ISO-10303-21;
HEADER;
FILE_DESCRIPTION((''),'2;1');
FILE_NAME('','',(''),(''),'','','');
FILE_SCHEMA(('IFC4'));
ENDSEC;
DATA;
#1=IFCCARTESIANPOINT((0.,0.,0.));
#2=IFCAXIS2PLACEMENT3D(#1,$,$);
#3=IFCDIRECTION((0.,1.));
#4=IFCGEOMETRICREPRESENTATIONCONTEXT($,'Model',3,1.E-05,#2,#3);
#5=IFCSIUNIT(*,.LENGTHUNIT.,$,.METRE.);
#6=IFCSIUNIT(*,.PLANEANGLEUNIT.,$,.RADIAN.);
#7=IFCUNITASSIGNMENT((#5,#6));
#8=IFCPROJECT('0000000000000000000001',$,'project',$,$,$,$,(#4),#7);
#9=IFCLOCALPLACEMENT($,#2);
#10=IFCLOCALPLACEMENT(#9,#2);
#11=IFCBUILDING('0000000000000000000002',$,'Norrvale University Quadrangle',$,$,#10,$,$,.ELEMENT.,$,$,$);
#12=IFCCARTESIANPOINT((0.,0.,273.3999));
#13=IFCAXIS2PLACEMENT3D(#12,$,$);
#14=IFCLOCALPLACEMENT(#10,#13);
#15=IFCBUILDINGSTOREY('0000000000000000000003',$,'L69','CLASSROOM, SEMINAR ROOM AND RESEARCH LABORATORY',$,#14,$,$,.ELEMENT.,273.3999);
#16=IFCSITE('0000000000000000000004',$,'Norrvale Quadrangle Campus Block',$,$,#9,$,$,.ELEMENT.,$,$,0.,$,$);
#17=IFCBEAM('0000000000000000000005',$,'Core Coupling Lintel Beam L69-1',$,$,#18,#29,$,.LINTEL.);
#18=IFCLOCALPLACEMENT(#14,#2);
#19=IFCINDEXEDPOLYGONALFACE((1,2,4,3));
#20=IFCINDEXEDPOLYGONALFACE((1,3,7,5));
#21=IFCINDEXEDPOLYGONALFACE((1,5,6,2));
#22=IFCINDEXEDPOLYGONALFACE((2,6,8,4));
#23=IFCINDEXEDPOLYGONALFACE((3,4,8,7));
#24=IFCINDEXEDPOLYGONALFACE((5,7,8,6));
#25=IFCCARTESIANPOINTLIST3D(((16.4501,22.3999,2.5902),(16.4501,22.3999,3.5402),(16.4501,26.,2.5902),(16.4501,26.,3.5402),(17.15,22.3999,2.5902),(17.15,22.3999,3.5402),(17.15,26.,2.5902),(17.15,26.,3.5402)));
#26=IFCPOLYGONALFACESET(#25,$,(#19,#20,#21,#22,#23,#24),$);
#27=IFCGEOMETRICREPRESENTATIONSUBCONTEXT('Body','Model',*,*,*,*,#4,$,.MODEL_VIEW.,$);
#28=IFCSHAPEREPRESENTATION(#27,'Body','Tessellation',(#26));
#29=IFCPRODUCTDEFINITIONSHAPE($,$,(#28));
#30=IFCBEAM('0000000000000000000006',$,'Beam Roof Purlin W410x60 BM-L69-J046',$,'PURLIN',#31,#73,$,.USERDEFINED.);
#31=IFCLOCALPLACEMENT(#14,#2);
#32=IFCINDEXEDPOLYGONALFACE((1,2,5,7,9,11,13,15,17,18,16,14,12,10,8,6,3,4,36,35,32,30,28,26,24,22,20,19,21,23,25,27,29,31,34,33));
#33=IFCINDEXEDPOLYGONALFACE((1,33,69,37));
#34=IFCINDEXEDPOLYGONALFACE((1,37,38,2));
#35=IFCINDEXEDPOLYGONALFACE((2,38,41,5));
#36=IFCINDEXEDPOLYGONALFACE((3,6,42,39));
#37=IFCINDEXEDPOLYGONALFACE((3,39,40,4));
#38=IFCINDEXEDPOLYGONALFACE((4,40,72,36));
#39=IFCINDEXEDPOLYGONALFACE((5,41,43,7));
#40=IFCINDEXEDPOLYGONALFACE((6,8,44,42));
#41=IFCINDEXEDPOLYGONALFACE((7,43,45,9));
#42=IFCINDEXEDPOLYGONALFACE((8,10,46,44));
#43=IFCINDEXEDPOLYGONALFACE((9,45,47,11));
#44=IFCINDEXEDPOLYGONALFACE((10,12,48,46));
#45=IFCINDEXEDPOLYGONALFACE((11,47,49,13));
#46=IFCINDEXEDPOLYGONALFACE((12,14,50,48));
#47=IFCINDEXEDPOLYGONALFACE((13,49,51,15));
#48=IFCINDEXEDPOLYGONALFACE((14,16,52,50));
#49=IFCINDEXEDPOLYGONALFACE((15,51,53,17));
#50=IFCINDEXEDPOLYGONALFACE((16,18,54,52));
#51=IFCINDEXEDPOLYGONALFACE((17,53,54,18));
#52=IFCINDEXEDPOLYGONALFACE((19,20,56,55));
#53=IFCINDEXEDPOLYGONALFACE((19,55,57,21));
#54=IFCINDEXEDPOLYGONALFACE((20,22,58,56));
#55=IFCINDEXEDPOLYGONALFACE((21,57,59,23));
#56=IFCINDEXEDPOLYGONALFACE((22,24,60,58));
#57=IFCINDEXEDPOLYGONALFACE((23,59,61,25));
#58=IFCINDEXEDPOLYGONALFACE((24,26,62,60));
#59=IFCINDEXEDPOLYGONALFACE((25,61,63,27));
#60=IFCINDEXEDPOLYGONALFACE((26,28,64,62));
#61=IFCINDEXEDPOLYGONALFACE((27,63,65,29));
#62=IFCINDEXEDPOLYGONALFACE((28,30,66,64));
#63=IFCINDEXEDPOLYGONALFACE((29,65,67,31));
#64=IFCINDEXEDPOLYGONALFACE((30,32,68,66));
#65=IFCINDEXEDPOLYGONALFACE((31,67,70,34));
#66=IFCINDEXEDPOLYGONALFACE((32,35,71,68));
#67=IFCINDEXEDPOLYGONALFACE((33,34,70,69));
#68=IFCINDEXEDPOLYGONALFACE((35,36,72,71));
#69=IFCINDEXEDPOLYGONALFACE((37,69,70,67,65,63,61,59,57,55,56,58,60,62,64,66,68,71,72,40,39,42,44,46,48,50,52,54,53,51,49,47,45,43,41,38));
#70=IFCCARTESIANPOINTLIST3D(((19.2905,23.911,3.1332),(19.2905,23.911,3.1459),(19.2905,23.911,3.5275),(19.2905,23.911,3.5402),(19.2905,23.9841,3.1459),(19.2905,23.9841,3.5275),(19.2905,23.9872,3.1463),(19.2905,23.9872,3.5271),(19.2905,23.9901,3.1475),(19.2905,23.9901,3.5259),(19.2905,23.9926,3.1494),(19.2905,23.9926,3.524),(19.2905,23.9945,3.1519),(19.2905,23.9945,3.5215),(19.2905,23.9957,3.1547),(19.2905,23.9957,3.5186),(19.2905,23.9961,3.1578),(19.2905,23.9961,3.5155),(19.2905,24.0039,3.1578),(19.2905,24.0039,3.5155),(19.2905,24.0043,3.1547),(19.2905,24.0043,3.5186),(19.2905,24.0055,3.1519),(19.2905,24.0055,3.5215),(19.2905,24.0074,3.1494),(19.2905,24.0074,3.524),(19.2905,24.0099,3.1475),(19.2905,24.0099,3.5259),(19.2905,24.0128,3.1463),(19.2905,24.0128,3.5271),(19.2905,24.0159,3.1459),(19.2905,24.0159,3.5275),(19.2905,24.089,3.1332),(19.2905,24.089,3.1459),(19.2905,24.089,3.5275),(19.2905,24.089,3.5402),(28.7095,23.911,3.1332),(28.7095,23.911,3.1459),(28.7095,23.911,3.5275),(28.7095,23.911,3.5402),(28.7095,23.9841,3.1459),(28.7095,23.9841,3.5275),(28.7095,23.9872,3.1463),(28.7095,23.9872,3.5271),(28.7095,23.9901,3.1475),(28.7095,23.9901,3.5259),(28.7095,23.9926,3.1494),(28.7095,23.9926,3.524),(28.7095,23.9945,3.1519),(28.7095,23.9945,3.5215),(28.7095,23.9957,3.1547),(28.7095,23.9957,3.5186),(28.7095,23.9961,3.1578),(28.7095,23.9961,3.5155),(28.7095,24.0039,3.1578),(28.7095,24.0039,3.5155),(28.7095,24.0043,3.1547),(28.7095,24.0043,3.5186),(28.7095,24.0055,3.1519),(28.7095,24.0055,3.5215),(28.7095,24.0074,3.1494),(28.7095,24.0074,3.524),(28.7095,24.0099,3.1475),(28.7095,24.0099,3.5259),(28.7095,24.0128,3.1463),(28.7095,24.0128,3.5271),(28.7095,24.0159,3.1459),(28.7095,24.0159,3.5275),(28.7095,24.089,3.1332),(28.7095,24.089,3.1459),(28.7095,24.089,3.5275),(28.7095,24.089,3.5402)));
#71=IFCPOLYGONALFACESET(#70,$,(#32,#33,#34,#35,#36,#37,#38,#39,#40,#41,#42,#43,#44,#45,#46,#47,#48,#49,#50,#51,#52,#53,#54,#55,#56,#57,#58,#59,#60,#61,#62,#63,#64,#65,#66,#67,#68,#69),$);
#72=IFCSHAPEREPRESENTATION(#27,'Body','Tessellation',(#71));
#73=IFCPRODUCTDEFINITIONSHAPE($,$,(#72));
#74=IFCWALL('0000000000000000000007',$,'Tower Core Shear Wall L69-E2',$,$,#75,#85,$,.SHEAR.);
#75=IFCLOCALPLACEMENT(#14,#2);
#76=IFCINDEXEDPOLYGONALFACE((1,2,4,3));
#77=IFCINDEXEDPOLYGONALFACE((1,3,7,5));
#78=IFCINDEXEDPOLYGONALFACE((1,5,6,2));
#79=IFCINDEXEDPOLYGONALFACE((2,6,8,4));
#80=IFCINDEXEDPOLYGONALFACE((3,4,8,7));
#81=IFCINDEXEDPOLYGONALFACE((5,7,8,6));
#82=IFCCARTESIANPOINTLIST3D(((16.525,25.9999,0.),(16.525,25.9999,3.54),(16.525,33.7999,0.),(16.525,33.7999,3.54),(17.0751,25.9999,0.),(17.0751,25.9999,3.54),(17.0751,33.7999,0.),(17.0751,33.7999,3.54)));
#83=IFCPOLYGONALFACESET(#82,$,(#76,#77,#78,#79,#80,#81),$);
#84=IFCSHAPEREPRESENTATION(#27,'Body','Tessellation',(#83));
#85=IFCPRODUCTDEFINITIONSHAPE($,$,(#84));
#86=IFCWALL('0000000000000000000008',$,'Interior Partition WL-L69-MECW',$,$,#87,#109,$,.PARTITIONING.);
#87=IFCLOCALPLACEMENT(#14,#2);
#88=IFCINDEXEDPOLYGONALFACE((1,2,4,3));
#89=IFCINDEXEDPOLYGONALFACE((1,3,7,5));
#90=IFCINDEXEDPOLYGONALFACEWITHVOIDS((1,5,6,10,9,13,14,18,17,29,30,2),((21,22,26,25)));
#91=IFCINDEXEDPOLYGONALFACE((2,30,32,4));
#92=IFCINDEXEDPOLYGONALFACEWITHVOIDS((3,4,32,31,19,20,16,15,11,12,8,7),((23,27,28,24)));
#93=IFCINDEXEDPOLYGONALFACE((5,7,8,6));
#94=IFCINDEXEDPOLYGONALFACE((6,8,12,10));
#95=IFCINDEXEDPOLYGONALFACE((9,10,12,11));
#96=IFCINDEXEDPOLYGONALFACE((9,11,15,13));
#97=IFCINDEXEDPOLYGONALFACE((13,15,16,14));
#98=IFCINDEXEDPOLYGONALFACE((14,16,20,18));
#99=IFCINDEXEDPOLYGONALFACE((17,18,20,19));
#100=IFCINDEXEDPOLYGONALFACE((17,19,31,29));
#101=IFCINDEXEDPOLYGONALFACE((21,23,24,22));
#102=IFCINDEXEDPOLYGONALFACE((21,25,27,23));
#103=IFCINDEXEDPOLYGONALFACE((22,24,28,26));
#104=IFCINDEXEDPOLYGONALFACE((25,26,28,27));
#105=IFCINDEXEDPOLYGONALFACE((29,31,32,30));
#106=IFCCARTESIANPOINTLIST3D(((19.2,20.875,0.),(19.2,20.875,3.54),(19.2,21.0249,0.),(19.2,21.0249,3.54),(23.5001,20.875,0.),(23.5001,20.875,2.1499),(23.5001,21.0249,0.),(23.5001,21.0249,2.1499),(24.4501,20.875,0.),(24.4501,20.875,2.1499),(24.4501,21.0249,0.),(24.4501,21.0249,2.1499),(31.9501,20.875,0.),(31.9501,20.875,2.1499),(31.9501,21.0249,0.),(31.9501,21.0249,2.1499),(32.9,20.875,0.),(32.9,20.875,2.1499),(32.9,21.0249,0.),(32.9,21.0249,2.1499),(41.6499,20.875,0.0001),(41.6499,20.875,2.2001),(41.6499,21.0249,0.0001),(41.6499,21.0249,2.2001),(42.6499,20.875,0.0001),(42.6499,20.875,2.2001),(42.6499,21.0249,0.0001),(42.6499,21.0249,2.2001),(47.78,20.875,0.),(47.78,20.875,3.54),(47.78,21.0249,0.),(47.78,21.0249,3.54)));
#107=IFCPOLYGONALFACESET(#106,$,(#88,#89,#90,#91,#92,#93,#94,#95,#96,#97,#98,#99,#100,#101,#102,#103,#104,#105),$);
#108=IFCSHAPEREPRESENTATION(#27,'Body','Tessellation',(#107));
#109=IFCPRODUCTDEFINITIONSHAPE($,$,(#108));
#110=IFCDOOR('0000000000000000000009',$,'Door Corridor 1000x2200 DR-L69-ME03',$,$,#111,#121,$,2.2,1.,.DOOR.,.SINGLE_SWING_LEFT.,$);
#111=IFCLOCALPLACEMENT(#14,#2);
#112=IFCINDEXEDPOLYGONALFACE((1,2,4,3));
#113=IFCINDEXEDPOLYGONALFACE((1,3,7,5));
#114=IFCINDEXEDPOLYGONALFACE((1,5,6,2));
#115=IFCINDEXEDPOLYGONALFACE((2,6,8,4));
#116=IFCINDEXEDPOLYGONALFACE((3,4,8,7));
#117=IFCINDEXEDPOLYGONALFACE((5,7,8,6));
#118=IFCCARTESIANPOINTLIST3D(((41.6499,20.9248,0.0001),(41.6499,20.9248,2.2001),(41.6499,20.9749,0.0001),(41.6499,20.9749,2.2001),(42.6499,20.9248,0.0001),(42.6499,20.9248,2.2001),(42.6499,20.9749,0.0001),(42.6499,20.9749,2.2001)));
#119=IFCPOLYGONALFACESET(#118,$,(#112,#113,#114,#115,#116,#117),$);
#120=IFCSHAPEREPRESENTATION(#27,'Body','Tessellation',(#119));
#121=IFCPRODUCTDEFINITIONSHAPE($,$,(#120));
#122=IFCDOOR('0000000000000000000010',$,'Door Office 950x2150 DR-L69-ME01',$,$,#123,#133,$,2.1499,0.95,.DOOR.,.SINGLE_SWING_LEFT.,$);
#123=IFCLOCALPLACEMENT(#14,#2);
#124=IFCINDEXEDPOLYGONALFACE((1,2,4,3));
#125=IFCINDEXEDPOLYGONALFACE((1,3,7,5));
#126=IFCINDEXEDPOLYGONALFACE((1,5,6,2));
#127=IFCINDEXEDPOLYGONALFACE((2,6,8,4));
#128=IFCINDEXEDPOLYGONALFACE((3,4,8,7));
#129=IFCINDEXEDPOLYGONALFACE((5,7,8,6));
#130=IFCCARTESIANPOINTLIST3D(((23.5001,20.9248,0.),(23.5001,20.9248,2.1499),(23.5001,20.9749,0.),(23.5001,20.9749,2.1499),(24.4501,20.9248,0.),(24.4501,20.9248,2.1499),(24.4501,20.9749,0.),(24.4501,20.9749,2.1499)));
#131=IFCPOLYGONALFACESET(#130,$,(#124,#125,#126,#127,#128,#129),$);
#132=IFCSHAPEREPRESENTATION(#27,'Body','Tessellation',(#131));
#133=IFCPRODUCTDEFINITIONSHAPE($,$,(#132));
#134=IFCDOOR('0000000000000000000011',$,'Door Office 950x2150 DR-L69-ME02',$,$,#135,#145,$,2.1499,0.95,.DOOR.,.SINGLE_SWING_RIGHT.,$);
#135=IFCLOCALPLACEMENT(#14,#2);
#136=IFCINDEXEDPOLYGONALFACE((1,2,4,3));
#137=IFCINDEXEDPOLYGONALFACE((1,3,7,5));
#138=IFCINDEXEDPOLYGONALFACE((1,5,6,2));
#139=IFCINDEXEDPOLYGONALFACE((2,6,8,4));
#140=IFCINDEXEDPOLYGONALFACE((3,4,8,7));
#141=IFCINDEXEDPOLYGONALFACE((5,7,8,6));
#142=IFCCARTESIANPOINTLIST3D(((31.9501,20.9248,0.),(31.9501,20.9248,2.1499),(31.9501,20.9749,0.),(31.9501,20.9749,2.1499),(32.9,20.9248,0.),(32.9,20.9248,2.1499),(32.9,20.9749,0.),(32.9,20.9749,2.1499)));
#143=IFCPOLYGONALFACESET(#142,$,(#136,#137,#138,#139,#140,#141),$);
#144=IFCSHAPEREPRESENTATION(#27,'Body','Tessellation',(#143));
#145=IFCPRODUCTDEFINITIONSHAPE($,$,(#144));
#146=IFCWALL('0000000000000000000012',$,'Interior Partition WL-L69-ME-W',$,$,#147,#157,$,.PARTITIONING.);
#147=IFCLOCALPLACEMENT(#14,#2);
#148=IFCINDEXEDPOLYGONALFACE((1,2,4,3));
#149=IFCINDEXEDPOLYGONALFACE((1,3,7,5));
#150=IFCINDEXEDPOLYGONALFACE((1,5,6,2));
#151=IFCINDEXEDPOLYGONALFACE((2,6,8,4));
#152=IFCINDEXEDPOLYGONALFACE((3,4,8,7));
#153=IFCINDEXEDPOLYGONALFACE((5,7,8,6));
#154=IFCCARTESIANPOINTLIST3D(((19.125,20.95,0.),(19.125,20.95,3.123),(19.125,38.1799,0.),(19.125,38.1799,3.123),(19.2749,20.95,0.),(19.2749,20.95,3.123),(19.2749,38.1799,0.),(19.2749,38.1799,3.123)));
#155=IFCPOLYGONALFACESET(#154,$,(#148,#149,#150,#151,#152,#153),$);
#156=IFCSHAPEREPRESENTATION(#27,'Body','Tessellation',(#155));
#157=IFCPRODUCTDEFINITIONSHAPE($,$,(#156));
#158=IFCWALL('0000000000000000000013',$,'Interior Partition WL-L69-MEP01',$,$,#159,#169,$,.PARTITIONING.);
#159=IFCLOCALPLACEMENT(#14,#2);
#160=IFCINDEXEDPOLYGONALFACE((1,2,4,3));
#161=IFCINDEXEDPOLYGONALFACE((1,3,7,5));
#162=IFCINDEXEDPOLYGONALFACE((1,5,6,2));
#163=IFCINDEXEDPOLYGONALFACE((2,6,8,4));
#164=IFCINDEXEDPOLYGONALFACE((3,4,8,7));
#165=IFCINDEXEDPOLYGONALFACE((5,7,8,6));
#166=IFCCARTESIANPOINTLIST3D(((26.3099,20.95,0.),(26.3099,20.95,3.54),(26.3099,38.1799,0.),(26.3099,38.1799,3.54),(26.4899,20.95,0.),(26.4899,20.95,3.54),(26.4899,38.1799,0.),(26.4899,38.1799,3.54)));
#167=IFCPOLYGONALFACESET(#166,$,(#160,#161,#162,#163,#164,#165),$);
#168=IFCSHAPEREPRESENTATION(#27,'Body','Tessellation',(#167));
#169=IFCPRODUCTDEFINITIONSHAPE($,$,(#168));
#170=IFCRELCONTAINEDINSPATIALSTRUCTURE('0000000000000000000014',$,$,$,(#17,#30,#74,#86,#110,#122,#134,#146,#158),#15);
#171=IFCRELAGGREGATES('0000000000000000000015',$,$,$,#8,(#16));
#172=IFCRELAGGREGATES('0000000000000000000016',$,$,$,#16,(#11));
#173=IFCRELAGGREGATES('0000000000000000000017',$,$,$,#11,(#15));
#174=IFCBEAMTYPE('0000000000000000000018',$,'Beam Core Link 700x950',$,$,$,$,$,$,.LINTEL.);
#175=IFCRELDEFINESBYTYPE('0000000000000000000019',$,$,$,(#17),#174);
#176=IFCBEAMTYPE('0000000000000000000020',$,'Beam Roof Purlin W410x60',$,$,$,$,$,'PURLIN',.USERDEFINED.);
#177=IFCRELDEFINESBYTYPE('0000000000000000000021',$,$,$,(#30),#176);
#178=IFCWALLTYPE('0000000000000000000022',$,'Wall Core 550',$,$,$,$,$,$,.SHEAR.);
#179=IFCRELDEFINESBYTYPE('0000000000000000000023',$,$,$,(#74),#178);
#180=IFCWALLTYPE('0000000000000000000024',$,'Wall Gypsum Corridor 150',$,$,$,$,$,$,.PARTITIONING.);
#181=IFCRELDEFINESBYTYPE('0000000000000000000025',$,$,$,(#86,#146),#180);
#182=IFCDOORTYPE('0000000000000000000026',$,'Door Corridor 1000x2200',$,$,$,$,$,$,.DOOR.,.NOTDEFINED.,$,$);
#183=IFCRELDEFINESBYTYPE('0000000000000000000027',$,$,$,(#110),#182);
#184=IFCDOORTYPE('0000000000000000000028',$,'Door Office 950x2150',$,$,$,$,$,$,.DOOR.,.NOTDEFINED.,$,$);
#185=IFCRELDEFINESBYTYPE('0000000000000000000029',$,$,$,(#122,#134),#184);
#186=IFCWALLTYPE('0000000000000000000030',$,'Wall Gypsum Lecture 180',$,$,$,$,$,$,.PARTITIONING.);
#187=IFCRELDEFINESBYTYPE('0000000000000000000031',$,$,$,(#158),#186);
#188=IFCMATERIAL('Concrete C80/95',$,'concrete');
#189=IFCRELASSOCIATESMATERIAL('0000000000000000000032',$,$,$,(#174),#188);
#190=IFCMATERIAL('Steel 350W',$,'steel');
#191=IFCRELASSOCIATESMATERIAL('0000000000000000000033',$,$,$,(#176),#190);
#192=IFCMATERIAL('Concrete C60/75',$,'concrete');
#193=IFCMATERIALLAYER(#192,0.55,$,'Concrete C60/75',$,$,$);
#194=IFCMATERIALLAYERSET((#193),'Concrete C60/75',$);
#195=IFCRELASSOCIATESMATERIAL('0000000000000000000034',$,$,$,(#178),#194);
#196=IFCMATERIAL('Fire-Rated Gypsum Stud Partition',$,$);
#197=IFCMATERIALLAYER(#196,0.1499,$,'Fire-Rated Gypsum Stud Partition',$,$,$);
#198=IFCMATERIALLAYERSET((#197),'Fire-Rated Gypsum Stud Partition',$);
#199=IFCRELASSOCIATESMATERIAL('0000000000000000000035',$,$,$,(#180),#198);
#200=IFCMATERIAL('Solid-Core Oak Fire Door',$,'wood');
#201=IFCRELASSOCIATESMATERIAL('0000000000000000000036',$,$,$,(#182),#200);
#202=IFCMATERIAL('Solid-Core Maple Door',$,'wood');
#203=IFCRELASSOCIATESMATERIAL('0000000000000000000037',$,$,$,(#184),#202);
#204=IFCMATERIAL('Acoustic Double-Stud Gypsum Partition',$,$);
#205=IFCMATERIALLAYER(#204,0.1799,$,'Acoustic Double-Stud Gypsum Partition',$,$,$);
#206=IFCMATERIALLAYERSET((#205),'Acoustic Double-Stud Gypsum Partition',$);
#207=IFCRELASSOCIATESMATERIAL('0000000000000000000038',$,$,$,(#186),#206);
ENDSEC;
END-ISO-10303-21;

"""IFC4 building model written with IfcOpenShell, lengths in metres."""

from ifc_helpers import new_model, si_unit, direction, frame, frame_2d, origin, origin_2d, place, context, subcontext, project, spatial, rectangle, i_section, extrude, material, layer, layer_set, material_profile, profile_set, type_object, element, fill, save


model = new_model("IFC4")

# Units and contexts
model_context = context("Model", 3, precision=1e-05, world=origin(), true_north=direction((0.0, 1.0)))
body_context = subcontext(model_context, "Body", "Model", "MODEL_VIEW")
ifc_project = project(units=[si_unit("LENGTHUNIT", "METRE"), si_unit("PLANEANGLEUNIT", "RADIAN")], contexts=[model_context])

# Site, building, storey
site_placement = place(None, origin())
site = spatial("IfcSite", under=ifc_project, at=site_placement, Name="Norrvale Quadrangle Campus Block", CompositionType="ELEMENT", RefElevation=0.0)
building_placement = place(site_placement, origin())
building = spatial("IfcBuilding", under=site, at=building_placement, Name="Norrvale University Quadrangle", CompositionType="ELEMENT")
storey_placement = place(building_placement, frame((0.0, 0.0, 273.3999)))
storey = spatial("IfcBuildingStorey", under=building, at=storey_placement, Name="L69", Description="CLASSROOM, SEMINAR ROOM AND RESEARCH LABORATORY", CompositionType="ELEMENT", Elevation=273.3999)

# Shared definitions
ifc_material_1 = material(Name="Concrete C60/75", Category="concrete")

# Beams
ifc_material_2 = material(Name="Steel 350W", Category="steel")
ifc_material_3 = material(Name="Concrete C80/95", Category="concrete")
ifc_material_profile_1 = material_profile(ifc_material_3, rectangle(XDim=0.7, YDim=0.95, at=origin_2d()), Name="Concrete C80/95")
ifc_profile_set_1 = profile_set([ifc_material_profile_1], Name="Concrete C80/95")
beam_type_1 = type_object("IfcBeamType", Name="Beam Core Link 700x950", PredefinedType="LINTEL", material=ifc_profile_set_1)
beam_1_placement = place(storey_placement, frame((16.8, 22.3999, 3.0652), z_axis=(0.0, 1.0, 0.0), x_axis=(-1.0, 0.0, 0.0)))
element("IfcBeam", 1, at=beam_1_placement, inside=storey, type_object=beam_type_1, Name="Core Coupling Lintel Beam L69-1", PredefinedType="LINTEL", context=body_context, shape_type="SweptSolid", body=[
    extrude(rectangle(XDim=0.7, YDim=0.95, at=origin_2d()), origin(), (0.0, 0.0, 1.0), 3.6001),
])
ifc_material_profile_2 = material_profile(ifc_material_2, i_section(OverallWidth=0.178, OverallDepth=0.407, WebThickness=0.0078, FlangeThickness=0.0127, FilletRadius=0.012, at=origin_2d()), Name="Steel 350W")
ifc_profile_set_2 = profile_set([ifc_material_profile_2], Name="Steel 350W")
beam_type_2 = type_object("IfcBeamType", Name="Beam Roof Purlin W410x60", ElementType="PURLIN", PredefinedType="USERDEFINED", material=ifc_profile_set_2)
beam_2_placement = place(storey_placement, frame((19.2905, 24.0, 3.3367), z_axis=(1.0, 0.0, 0.0), x_axis=(0.0, 1.0, 0.0)))
element("IfcBeam", 2, at=beam_2_placement, inside=storey, type_object=beam_type_2, Name="Beam Roof Purlin W410x60 BM-L69-J046", ObjectType="PURLIN", PredefinedType="USERDEFINED", context=body_context, shape_type="SweptSolid", body=[
    extrude(i_section(OverallWidth=0.178, OverallDepth=0.407, WebThickness=0.0078, FlangeThickness=0.0127, FilletRadius=0.012, at=origin_2d()), origin(), (0.0, 0.0, 1.0), 9.4189),
])

# Wall
ifc_layer_1 = layer(ifc_material_1, 0.55, Name="Concrete C60/75")
ifc_layer_set_1 = layer_set([ifc_layer_1], Name="Concrete C60/75")
wall_type_1 = type_object("IfcWallType", Name="Wall Core 550", PredefinedType="SHEAR", material=ifc_layer_set_1)
wall_1_placement = place(storey_placement, frame((16.8, 26.0, 0.0), z_axis=(0.0, 0.0, 1.0), x_axis=(0.0, 1.0, 0.0)))
element("IfcWall", 3, at=wall_1_placement, inside=storey, type_object=wall_type_1, Name="Tower Core Shear Wall L69-E2", PredefinedType="SHEAR", context=body_context, shape_type="SweptSolid", body=[
    extrude(rectangle(XDim=7.8, YDim=0.55, at=frame_2d((3.8999, 0.0))), origin(), (0.0, 0.0, 1.0), 3.54),
])

# Wall, openings, doors
ifc_material_4 = material(Name="Fire-Rated Gypsum Stud Partition")
ifc_layer_2 = layer(ifc_material_4, 0.1499, Name="Fire-Rated Gypsum Stud Partition")
ifc_layer_set_2 = layer_set([ifc_layer_2], Name="Fire-Rated Gypsum Stud Partition")
wall_type_2 = type_object("IfcWallType", Name="Wall Gypsum Corridor 150", PredefinedType="PARTITIONING", material=ifc_layer_set_2)
wall_2_placement = place(storey_placement, frame((19.2, 20.95, 0.0), z_axis=(0.0, 0.0, 1.0), x_axis=(1.0, 0.0, 0.0)))
wall_2 = element("IfcWall", 4, at=wall_2_placement, inside=storey, type_object=wall_type_2, Name="Interior Partition WL-L69-MECW", PredefinedType="PARTITIONING", context=body_context, shape_type="SweptSolid", body=[
    extrude(rectangle(XDim=28.5801, YDim=0.1499, at=frame_2d((14.29, 0.0))), origin(), (0.0, 0.0, 1.0), 3.54),
])
opening_1_placement = place(wall_2_placement, frame((4.3, 0.0, 0.0)))
opening_1 = element("IfcOpeningElement", 5, at=opening_1_placement, cuts=wall_2, PredefinedType="OPENING", context=body_context, shape_type="SweptSolid", body=[
    extrude(rectangle(XDim=0.95, YDim=2.1499, at=frame_2d((0.4751, 1.075))), frame((0.0, 0.0869, 0.0), z_axis=(0.0, -1.0, 0.0), x_axis=(1.0, 0.0, 0.0)), (0.0, 0.0, 1.0), 0.1738),
])
opening_2_placement = place(wall_2_placement, frame((12.75, 0.0, 0.0)))
opening_2 = element("IfcOpeningElement", 6, at=opening_2_placement, cuts=wall_2, PredefinedType="OPENING", context=body_context, shape_type="SweptSolid", body=[
    extrude(rectangle(XDim=0.95, YDim=2.1499, at=frame_2d((0.4751, 1.075))), frame((0.0, 0.0869, 0.0), z_axis=(0.0, -1.0, 0.0), x_axis=(1.0, 0.0, 0.0)), (0.0, 0.0, 1.0), 0.1738),
])
opening_3_placement = place(wall_2_placement, frame((22.45, 0.0, 0.0)))
opening_3 = element("IfcOpeningElement", 7, at=opening_3_placement, cuts=wall_2, PredefinedType="OPENING", context=body_context, shape_type="SweptSolid", body=[
    extrude(rectangle(XDim=1.0, YDim=2.2, at=frame_2d((0.5, 1.1001))), frame((0.0, 0.0869, 0.0), z_axis=(0.0, -1.0, 0.0), x_axis=(1.0, 0.0, 0.0)), (0.0, 0.0, 1.0), 0.1738),
])
ifc_material_5 = material(Name="Solid-Core Oak Fire Door", Category="wood")
door_type_1 = type_object("IfcDoorType", Name="Door Corridor 1000x2200", OperationType="NOTDEFINED", PredefinedType="DOOR", material=ifc_material_5)
door_1_placement = place(opening_3_placement, origin())
door_1 = element("IfcDoor", 8, at=door_1_placement, inside=storey, type_object=door_type_1, Name="Door Corridor 1000x2200 DR-L69-ME03", OperationType="SINGLE_SWING_LEFT", OverallHeight=2.2, OverallWidth=1.0, PredefinedType="DOOR", context=body_context, shape_type="SweptSolid", body=[
    extrude(rectangle(XDim=1.0, YDim=2.2, at=frame_2d((0.5, 1.1001))), frame((0.0, 0.0249, 0.0), z_axis=(0.0, -1.0, 0.0), x_axis=(1.0, 0.0, 0.0)), (0.0, 0.0, 1.0), 0.05),
])
fill(opening_3, door_1)
ifc_material_6 = material(Name="Solid-Core Maple Door", Category="wood")
door_type_2 = type_object("IfcDoorType", Name="Door Office 950x2150", OperationType="NOTDEFINED", PredefinedType="DOOR", material=ifc_material_6)
door_2_placement = place(opening_1_placement, origin())
door_2 = element("IfcDoor", 9, at=door_2_placement, inside=storey, type_object=door_type_2, Name="Door Office 950x2150 DR-L69-ME01", OperationType="SINGLE_SWING_LEFT", OverallHeight=2.1499, OverallWidth=0.95, PredefinedType="DOOR", context=body_context, shape_type="SweptSolid", body=[
    extrude(rectangle(XDim=0.95, YDim=2.1499, at=frame_2d((0.4751, 1.075))), frame((0.0, 0.0249, 0.0), z_axis=(0.0, -1.0, 0.0), x_axis=(1.0, 0.0, 0.0)), (0.0, 0.0, 1.0), 0.05),
])
fill(opening_1, door_2)
door_3_placement = place(opening_2_placement, origin())
door_3 = element("IfcDoor", 10, at=door_3_placement, inside=storey, type_object=door_type_2, Name="Door Office 950x2150 DR-L69-ME02", OperationType="SINGLE_SWING_RIGHT", OverallHeight=2.1499, OverallWidth=0.95, PredefinedType="DOOR", context=body_context, shape_type="SweptSolid", body=[
    extrude(rectangle(XDim=0.95, YDim=2.1499, at=frame_2d((0.4751, 1.075))), frame((0.0, 0.0249, 0.0), z_axis=(0.0, -1.0, 0.0), x_axis=(1.0, 0.0, 0.0)), (0.0, 0.0, 1.0), 0.05),
])
fill(opening_2, door_3)

# Walls
wall_3_placement = place(storey_placement, frame((19.2, 20.95, 0.0), z_axis=(0.0, 0.0, 1.0), x_axis=(0.0, 1.0, 0.0)))
element("IfcWall", 11, at=wall_3_placement, inside=storey, type_object=wall_type_2, Name="Interior Partition WL-L69-ME-W", PredefinedType="PARTITIONING", context=body_context, shape_type="SweptSolid", body=[
    extrude(rectangle(XDim=17.23, YDim=0.1499, at=frame_2d((8.615, 0.0))), origin(), (0.0, 0.0, 1.0), 3.123),
])
ifc_material_7 = material(Name="Acoustic Double-Stud Gypsum Partition")
ifc_layer_3 = layer(ifc_material_7, 0.1799, Name="Acoustic Double-Stud Gypsum Partition")
ifc_layer_set_3 = layer_set([ifc_layer_3], Name="Acoustic Double-Stud Gypsum Partition")
wall_type_3 = type_object("IfcWallType", Name="Wall Gypsum Lecture 180", PredefinedType="PARTITIONING", material=ifc_layer_set_3)
wall_4_placement = place(storey_placement, frame((26.3999, 20.95, 0.0), z_axis=(0.0, 0.0, 1.0), x_axis=(0.0, 1.0, 0.0)))
element("IfcWall", 12, at=wall_4_placement, inside=storey, type_object=wall_type_3, Name="Interior Partition WL-L69-MEP01", PredefinedType="PARTITIONING", context=body_context, shape_type="SweptSolid", body=[
    extrude(rectangle(XDim=17.23, YDim=0.1799, at=frame_2d((8.615, 0.0))), origin(), (0.0, 0.0, 1.0), 3.54),
])

save(model, "model.ifc")
